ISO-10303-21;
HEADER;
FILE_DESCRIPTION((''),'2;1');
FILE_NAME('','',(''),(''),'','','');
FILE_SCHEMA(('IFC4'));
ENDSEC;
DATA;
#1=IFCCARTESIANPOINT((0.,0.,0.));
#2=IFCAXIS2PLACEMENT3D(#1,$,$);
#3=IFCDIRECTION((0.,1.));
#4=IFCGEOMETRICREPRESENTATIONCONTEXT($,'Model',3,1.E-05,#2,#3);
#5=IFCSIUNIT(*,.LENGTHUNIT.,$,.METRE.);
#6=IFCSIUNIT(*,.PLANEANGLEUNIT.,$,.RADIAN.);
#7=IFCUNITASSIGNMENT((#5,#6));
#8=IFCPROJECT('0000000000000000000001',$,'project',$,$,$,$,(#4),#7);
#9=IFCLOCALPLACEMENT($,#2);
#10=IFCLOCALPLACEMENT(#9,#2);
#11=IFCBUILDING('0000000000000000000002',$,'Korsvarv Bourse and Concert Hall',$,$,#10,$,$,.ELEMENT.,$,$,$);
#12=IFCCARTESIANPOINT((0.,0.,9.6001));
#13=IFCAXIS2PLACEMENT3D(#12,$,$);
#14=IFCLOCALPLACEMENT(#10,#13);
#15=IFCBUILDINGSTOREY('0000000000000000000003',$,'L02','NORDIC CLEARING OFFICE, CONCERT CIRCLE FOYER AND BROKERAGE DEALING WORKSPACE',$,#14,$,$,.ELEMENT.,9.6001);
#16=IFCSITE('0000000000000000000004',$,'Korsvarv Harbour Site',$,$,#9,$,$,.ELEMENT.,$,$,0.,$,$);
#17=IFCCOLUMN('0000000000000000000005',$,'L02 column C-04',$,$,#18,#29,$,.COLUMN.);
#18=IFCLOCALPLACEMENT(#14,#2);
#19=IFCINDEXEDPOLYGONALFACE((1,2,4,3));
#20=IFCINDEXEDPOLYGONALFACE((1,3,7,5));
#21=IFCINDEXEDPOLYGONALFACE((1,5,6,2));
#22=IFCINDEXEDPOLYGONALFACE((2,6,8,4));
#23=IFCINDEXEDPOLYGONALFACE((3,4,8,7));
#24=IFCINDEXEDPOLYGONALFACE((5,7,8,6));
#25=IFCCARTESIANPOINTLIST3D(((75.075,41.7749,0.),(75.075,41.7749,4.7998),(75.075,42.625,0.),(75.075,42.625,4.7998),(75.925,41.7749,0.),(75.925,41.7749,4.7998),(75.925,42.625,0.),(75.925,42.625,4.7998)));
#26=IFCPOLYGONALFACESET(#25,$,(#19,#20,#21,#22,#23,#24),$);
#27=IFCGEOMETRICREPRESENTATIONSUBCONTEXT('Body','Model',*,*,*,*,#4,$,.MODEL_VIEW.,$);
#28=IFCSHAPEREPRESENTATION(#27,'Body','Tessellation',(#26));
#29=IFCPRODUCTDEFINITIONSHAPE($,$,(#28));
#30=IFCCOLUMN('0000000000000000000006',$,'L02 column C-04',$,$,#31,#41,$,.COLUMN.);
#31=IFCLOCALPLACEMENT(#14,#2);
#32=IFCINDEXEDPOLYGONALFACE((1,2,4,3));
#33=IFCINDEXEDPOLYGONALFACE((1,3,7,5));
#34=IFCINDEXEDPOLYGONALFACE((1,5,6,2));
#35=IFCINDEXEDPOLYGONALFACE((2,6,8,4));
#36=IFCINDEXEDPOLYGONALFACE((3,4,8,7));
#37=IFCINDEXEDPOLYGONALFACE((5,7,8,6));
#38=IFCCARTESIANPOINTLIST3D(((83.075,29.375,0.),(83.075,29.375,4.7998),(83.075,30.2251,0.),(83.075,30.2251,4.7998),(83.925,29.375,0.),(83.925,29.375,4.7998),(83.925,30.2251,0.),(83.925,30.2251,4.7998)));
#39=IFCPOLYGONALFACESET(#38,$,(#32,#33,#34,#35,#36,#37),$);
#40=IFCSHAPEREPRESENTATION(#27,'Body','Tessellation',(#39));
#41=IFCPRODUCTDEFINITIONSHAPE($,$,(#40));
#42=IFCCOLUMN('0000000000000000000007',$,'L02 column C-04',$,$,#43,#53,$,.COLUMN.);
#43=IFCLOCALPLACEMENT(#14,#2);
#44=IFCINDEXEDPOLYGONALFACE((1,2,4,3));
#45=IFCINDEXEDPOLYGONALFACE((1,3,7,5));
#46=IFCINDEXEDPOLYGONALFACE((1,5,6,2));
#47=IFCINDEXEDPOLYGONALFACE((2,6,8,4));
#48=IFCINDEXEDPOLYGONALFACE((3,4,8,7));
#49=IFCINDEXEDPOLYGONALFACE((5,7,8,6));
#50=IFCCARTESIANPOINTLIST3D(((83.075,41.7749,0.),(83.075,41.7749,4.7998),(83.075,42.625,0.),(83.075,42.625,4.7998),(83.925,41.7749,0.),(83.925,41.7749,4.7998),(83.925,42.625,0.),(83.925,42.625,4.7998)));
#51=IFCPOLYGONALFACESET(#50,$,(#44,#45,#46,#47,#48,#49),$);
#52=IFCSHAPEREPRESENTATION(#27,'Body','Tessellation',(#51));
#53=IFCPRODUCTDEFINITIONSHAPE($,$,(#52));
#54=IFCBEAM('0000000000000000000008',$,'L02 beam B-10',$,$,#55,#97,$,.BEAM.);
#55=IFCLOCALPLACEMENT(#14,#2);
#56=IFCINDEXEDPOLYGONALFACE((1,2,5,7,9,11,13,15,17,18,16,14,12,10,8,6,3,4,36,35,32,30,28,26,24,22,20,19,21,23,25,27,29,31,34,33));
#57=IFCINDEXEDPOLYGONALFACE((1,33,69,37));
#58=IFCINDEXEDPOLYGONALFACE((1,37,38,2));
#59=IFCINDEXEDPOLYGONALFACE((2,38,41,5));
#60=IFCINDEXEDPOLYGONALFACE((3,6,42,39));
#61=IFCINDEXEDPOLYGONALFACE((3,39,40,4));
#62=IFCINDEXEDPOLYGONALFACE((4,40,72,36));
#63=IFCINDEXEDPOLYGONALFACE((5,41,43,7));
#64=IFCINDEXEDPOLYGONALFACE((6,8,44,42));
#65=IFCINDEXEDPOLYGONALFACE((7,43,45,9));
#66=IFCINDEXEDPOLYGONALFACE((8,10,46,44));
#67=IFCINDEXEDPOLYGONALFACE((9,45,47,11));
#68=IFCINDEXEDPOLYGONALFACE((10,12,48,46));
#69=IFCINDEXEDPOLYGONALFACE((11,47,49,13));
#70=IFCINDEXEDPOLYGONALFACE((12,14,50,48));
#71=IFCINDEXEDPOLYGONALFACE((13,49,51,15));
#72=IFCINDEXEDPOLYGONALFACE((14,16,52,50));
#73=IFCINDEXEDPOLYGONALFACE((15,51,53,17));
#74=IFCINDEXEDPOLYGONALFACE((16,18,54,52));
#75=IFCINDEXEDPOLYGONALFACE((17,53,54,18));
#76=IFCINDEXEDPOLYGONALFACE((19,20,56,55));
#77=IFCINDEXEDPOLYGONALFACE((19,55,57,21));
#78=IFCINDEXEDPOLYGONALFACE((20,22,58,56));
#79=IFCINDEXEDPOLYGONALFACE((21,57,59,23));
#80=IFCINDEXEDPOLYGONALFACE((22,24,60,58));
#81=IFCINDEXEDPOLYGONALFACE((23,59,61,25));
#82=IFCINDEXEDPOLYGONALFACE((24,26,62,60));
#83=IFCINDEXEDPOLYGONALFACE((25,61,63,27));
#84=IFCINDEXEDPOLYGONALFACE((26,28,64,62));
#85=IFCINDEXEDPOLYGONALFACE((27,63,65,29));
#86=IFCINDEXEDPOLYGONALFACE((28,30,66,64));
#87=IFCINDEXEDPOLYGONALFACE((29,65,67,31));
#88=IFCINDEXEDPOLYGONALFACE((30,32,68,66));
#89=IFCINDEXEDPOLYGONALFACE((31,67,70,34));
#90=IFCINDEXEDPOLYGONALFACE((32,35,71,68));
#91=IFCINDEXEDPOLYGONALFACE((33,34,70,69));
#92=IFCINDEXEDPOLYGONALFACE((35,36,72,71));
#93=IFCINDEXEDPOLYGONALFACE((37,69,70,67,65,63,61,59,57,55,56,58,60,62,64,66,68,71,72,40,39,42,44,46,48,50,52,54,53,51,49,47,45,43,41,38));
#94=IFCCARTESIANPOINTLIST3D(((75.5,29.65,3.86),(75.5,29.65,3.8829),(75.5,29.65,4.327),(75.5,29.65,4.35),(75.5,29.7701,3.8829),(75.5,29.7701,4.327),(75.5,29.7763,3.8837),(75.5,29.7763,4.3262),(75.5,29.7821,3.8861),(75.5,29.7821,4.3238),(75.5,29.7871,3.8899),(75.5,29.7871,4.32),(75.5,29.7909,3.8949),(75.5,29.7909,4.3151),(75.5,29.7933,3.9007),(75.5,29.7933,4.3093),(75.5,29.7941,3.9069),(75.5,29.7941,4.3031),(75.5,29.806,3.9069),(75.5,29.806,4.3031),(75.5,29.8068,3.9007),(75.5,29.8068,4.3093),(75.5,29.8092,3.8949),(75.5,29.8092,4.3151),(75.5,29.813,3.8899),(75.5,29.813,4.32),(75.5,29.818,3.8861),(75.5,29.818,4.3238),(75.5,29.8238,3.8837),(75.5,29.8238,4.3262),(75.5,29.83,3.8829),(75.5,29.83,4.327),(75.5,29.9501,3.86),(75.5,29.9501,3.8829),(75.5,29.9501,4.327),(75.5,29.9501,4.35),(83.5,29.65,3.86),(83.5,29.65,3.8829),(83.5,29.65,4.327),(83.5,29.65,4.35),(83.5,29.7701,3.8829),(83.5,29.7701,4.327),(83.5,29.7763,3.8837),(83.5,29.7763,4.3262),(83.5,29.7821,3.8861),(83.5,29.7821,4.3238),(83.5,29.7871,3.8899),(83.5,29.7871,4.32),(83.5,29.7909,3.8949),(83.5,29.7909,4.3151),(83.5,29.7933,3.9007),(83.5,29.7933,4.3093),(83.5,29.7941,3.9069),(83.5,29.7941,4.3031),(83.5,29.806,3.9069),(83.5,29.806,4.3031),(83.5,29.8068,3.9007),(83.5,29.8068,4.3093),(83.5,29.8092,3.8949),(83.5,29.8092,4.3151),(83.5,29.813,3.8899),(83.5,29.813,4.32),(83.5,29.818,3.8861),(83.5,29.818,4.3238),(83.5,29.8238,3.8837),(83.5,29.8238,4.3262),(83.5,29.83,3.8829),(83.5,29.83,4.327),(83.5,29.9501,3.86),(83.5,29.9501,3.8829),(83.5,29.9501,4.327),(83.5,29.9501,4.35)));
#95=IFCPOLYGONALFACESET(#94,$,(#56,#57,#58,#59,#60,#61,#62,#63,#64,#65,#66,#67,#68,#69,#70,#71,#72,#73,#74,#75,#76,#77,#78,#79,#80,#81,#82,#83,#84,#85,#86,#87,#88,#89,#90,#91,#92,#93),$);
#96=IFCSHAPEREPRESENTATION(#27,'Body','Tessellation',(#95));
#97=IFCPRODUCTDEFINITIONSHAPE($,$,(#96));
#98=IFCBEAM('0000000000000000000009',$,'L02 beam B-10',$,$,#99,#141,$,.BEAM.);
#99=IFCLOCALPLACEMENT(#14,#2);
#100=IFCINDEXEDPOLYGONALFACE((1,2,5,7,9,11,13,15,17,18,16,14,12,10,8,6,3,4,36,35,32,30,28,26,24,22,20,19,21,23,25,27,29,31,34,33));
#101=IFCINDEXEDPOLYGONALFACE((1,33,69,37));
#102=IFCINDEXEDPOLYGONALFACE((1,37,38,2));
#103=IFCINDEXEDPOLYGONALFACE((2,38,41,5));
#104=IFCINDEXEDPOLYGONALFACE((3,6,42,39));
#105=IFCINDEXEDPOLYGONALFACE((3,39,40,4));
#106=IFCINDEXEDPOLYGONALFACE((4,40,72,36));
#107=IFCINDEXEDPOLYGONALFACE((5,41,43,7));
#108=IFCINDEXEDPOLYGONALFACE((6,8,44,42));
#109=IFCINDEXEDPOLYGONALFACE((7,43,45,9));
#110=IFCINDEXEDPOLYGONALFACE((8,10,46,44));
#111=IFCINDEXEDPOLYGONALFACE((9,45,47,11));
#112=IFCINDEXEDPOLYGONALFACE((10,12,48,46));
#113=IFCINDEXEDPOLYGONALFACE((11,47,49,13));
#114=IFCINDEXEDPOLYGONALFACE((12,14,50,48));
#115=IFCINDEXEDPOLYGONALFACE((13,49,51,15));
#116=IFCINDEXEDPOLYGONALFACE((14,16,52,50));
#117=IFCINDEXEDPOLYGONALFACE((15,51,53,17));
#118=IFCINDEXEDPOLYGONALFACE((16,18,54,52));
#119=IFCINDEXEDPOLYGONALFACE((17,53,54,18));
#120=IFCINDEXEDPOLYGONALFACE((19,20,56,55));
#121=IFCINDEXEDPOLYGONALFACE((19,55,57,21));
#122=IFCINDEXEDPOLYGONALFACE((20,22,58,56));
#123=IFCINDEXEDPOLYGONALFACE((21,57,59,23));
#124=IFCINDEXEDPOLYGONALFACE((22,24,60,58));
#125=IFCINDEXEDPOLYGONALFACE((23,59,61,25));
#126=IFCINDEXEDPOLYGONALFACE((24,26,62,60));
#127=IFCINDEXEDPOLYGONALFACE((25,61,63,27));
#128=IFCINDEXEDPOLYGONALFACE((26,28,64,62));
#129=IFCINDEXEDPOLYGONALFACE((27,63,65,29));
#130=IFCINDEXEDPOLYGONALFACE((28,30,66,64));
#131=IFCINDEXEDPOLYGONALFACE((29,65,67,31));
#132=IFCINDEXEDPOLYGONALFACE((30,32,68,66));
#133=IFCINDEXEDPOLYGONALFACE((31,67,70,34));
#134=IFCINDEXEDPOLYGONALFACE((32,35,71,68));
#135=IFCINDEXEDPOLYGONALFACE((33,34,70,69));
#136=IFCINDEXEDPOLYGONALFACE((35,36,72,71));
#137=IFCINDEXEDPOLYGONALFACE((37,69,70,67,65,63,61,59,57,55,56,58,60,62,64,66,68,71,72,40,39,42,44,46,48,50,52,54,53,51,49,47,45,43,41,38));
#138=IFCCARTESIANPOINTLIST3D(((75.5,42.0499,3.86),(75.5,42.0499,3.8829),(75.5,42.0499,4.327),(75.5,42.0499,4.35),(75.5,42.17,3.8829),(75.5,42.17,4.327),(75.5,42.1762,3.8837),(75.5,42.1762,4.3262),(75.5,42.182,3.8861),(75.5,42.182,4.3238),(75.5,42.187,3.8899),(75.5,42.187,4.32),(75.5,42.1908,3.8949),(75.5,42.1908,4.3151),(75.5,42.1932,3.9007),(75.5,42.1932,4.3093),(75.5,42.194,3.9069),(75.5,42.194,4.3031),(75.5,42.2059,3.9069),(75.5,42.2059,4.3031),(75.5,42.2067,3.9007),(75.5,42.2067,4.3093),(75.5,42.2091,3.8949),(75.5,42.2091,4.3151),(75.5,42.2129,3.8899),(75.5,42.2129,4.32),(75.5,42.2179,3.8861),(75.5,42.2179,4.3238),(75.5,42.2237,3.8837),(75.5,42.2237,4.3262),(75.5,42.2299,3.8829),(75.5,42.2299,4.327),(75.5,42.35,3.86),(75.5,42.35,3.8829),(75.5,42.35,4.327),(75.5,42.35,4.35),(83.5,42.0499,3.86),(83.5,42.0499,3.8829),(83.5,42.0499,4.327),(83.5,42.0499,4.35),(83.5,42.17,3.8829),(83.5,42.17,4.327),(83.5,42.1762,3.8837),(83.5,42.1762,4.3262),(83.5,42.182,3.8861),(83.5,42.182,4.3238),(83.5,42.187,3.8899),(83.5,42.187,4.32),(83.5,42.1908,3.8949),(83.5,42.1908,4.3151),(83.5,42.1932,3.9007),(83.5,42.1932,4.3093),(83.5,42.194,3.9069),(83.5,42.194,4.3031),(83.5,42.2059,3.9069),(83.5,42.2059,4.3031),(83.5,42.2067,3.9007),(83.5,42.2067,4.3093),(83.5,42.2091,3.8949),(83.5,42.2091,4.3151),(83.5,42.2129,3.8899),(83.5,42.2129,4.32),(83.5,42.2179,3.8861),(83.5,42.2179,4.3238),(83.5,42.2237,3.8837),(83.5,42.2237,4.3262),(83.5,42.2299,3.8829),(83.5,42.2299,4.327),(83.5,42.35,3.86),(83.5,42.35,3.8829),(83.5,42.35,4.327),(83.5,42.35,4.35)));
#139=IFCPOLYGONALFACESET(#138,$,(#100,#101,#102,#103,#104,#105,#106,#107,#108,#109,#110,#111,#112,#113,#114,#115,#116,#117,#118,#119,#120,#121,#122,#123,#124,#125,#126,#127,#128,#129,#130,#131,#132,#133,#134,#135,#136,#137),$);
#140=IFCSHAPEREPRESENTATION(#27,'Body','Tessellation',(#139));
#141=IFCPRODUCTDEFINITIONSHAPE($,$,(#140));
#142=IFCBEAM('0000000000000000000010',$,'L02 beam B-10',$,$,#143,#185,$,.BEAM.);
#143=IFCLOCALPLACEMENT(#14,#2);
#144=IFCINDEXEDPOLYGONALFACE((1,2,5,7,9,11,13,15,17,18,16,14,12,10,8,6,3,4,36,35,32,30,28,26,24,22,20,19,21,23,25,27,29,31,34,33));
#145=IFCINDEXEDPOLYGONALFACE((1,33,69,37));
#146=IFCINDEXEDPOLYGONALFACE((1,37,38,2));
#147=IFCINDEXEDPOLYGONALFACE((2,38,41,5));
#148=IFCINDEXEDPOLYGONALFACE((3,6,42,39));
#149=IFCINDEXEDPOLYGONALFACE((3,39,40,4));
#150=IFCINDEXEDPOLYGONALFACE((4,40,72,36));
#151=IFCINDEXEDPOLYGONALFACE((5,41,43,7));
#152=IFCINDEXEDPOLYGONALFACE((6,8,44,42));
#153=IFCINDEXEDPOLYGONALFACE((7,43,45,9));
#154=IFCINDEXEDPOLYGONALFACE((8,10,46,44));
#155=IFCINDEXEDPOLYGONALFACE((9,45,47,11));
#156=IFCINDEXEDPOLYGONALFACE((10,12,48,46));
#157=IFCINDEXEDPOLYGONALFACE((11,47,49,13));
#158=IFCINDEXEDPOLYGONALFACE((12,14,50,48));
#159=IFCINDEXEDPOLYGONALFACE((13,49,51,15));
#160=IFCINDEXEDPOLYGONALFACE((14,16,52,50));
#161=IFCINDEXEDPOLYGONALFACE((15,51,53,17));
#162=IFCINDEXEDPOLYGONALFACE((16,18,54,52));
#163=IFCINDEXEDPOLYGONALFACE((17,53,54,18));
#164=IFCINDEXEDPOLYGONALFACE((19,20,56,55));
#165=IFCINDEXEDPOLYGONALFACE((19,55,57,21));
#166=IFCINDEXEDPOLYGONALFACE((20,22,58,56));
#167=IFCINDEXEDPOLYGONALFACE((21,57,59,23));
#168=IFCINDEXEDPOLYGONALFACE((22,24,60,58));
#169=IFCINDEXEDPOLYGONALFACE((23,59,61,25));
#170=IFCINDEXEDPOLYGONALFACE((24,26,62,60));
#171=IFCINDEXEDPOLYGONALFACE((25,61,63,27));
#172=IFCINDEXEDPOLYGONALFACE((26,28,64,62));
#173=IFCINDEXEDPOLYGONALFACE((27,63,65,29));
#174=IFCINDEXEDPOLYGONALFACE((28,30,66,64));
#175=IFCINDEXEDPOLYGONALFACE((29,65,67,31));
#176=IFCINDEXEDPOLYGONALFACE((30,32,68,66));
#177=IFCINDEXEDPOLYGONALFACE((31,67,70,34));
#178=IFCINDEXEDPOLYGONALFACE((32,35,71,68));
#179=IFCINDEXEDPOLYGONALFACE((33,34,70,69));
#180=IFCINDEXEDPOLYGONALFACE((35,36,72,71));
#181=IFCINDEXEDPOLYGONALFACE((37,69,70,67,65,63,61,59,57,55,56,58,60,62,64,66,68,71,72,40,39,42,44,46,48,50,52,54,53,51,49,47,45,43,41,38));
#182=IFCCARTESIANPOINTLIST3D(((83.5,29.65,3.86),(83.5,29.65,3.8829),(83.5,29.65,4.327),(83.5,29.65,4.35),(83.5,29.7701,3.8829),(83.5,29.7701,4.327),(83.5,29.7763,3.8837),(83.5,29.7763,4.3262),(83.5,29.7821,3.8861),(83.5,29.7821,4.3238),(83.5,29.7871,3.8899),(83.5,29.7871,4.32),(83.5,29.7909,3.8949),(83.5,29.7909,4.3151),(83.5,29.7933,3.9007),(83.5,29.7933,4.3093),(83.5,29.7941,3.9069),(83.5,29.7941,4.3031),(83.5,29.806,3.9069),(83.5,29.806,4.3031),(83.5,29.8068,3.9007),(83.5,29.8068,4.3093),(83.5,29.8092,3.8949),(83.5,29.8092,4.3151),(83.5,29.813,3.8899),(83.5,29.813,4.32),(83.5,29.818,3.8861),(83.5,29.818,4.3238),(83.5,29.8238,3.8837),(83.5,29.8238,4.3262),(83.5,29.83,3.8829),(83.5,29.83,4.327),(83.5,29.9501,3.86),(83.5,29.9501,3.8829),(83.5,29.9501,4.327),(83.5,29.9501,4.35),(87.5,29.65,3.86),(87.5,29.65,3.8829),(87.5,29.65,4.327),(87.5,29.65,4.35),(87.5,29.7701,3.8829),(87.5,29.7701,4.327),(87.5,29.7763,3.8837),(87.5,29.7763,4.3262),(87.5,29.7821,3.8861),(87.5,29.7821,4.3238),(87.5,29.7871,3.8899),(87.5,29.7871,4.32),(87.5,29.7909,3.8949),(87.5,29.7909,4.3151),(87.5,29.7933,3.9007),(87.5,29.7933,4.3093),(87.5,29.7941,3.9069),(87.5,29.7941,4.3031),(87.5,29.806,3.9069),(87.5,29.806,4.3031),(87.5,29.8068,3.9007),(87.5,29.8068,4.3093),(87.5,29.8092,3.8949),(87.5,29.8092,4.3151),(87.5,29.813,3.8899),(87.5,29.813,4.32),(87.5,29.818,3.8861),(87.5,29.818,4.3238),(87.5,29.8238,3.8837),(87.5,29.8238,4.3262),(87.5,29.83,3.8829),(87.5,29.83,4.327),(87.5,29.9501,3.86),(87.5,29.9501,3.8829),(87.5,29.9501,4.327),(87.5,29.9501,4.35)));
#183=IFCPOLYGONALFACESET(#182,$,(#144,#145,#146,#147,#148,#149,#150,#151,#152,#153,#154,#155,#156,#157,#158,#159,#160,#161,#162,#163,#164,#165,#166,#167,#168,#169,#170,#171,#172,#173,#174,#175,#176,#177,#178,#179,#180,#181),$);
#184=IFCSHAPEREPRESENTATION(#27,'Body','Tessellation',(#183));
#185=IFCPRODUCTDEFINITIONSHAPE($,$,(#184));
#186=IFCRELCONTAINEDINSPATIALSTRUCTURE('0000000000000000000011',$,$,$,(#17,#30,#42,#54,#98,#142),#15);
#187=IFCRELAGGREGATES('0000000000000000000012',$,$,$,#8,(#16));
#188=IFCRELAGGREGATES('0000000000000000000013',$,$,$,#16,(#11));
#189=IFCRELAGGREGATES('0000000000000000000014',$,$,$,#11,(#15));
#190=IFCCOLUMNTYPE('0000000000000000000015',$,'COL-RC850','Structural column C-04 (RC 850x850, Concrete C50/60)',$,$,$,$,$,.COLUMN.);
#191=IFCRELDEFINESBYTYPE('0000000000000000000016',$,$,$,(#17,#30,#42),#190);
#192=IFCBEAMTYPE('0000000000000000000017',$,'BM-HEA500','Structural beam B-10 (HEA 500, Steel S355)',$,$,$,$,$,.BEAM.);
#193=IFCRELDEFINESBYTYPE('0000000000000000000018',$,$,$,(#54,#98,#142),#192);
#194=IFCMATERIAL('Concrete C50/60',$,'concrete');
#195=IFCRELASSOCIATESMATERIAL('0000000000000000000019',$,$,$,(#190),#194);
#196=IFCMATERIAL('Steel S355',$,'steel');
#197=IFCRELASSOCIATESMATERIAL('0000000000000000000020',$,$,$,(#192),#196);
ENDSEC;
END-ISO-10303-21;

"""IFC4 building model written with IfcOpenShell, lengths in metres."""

from ifc_helpers import new_model, si_unit, direction, frame, origin, origin_2d, place, context, subcontext, project, spatial, rectangle, i_section, extrude, source, transform, mapped, material, material_profile, profile_set, type_object, element, save


model = new_model("IFC4")

# Units and contexts
model_context = context("Model", 3, precision=1e-05, world=origin(), true_north=direction((0.0, 1.0)))
body_context = subcontext(model_context, "Body", "Model", "MODEL_VIEW")
ifc_project = project(units=[si_unit("LENGTHUNIT", "METRE"), si_unit("PLANEANGLEUNIT", "RADIAN")], contexts=[model_context])

# Site, building, storey
site_placement = place(None, origin())
site = spatial("IfcSite", under=ifc_project, at=site_placement, Name="Korsvarv Harbour Site", CompositionType="ELEMENT", RefElevation=0.0)
building_placement = place(site_placement, origin())
building = spatial("IfcBuilding", under=site, at=building_placement, Name="Korsvarv Bourse and Concert Hall", CompositionType="ELEMENT")
storey_placement = place(building_placement, frame((0.0, 0.0, 9.6001)))
storey = spatial("IfcBuildingStorey", under=building, at=storey_placement, Name="L02", Description="NORDIC CLEARING OFFICE, CONCERT CIRCLE FOYER AND BROKERAGE DEALING WORKSPACE", CompositionType="ELEMENT", Elevation=9.6001)

# Columns
ifc_material_1 = material(Name="Concrete C50/60", Category="concrete")
ifc_material_profile_1 = material_profile(ifc_material_1, rectangle(XDim=0.8501, YDim=0.8501, at=origin_2d()), Name="RC 850x850")
ifc_profile_set_1 = profile_set([ifc_material_profile_1], Name="Concrete C50/60")
column_type = type_object("IfcColumnType", Name="COL-RC850", Description="Structural column C-04 (RC 850x850, Concrete C50/60)", PredefinedType="COLUMN", material=ifc_profile_set_1)
shared_shape_1 = source(origin(), body_context, "Body", "SweptSolid", [
    extrude(rectangle(XDim=0.8501, YDim=0.8501, at=origin_2d()), origin(), (0.0, 0.0, 1.0), 4.7998),
])
for number, where, z_axis, x_axis, name in (
    (1, (75.5, 42.2, 0.0), (0.0, 0.0, 1.0), (1.0, 0.0, 0.0), "L02 column C-04"),
    (2, (83.5, 29.8, 0.0), (0.0, 0.0, 1.0), (1.0, 0.0, 0.0), "L02 column C-04"),
    (3, (83.5, 42.2, 0.0), (0.0, 0.0, 1.0), (1.0, 0.0, 0.0), "L02 column C-04"),
):
    element("IfcColumn", number, at=place(storey_placement, frame(where, z_axis=z_axis, x_axis=x_axis)), inside=storey, type_object=column_type, Name=name, PredefinedType="COLUMN", context=body_context, shape_type="MappedRepresentation", body=[
        mapped(shared_shape_1, transform((0.0, 0.0, 0.0), scale=1.0)),
    ])

# Beams
ifc_material_2 = material(Name="Steel S355", Category="steel")
ifc_material_profile_2 = material_profile(ifc_material_2, i_section(OverallWidth=0.3, OverallDepth=0.49, WebThickness=0.012, FlangeThickness=0.0229, FilletRadius=0.0239, at=origin_2d()), Name="HEA 500")
ifc_profile_set_2 = profile_set([ifc_material_profile_2], Name="Steel S355")
beam_type_1 = type_object("IfcBeamType", Name="BM-HEA500", Description="Structural beam B-10 (HEA 500, Steel S355)", PredefinedType="BEAM", material=ifc_profile_set_2)
shared_shape_2 = source(origin(), body_context, "Body", "SweptSolid", [
    extrude(i_section(OverallWidth=0.3, OverallDepth=0.49, WebThickness=0.012, FlangeThickness=0.0229, FilletRadius=0.0239, at=origin_2d()), origin(), (0.0, 0.0, 1.0), 8.0),
])
for number, where, z_axis, x_axis, name in (
    (4, (75.5, 29.8, 4.105), (1.0, 0.0, 0.0), (0.0, 1.0, 0.0), "L02 beam B-10"),
    (5, (75.5, 42.2, 4.105), (1.0, 0.0, 0.0), (0.0, 1.0, 0.0), "L02 beam B-10"),
):
    element("IfcBeam", number, at=place(storey_placement, frame(where, z_axis=z_axis, x_axis=x_axis)), inside=storey, type_object=beam_type_1, Name=name, PredefinedType="BEAM", context=body_context, shape_type="MappedRepresentation", body=[
        mapped(shared_shape_2, transform((0.0, 0.0, 0.0), scale=1.0)),
    ])
shared_shape_3 = source(origin(), body_context, "Body", "SweptSolid", [
    extrude(i_section(OverallWidth=0.3, OverallDepth=0.49, WebThickness=0.012, FlangeThickness=0.0229, FilletRadius=0.0239, at=origin_2d()), origin(), (0.0, 0.0, 1.0), 4.0),
])
for number, where, z_axis, x_axis, name in (
    (6, (83.5, 29.8, 4.105), (1.0, 0.0, 0.0), (0.0, 1.0, 0.0), "L02 beam B-10"),
):
    element("IfcBeam", number, at=place(storey_placement, frame(where, z_axis=z_axis, x_axis=x_axis)), inside=storey, type_object=beam_type_1, Name=name, PredefinedType="BEAM", context=body_context, shape_type="MappedRepresentation", body=[
        mapped(shared_shape_3, transform((0.0, 0.0, 0.0), scale=1.0)),
    ])

save(model, "model.ifc")
